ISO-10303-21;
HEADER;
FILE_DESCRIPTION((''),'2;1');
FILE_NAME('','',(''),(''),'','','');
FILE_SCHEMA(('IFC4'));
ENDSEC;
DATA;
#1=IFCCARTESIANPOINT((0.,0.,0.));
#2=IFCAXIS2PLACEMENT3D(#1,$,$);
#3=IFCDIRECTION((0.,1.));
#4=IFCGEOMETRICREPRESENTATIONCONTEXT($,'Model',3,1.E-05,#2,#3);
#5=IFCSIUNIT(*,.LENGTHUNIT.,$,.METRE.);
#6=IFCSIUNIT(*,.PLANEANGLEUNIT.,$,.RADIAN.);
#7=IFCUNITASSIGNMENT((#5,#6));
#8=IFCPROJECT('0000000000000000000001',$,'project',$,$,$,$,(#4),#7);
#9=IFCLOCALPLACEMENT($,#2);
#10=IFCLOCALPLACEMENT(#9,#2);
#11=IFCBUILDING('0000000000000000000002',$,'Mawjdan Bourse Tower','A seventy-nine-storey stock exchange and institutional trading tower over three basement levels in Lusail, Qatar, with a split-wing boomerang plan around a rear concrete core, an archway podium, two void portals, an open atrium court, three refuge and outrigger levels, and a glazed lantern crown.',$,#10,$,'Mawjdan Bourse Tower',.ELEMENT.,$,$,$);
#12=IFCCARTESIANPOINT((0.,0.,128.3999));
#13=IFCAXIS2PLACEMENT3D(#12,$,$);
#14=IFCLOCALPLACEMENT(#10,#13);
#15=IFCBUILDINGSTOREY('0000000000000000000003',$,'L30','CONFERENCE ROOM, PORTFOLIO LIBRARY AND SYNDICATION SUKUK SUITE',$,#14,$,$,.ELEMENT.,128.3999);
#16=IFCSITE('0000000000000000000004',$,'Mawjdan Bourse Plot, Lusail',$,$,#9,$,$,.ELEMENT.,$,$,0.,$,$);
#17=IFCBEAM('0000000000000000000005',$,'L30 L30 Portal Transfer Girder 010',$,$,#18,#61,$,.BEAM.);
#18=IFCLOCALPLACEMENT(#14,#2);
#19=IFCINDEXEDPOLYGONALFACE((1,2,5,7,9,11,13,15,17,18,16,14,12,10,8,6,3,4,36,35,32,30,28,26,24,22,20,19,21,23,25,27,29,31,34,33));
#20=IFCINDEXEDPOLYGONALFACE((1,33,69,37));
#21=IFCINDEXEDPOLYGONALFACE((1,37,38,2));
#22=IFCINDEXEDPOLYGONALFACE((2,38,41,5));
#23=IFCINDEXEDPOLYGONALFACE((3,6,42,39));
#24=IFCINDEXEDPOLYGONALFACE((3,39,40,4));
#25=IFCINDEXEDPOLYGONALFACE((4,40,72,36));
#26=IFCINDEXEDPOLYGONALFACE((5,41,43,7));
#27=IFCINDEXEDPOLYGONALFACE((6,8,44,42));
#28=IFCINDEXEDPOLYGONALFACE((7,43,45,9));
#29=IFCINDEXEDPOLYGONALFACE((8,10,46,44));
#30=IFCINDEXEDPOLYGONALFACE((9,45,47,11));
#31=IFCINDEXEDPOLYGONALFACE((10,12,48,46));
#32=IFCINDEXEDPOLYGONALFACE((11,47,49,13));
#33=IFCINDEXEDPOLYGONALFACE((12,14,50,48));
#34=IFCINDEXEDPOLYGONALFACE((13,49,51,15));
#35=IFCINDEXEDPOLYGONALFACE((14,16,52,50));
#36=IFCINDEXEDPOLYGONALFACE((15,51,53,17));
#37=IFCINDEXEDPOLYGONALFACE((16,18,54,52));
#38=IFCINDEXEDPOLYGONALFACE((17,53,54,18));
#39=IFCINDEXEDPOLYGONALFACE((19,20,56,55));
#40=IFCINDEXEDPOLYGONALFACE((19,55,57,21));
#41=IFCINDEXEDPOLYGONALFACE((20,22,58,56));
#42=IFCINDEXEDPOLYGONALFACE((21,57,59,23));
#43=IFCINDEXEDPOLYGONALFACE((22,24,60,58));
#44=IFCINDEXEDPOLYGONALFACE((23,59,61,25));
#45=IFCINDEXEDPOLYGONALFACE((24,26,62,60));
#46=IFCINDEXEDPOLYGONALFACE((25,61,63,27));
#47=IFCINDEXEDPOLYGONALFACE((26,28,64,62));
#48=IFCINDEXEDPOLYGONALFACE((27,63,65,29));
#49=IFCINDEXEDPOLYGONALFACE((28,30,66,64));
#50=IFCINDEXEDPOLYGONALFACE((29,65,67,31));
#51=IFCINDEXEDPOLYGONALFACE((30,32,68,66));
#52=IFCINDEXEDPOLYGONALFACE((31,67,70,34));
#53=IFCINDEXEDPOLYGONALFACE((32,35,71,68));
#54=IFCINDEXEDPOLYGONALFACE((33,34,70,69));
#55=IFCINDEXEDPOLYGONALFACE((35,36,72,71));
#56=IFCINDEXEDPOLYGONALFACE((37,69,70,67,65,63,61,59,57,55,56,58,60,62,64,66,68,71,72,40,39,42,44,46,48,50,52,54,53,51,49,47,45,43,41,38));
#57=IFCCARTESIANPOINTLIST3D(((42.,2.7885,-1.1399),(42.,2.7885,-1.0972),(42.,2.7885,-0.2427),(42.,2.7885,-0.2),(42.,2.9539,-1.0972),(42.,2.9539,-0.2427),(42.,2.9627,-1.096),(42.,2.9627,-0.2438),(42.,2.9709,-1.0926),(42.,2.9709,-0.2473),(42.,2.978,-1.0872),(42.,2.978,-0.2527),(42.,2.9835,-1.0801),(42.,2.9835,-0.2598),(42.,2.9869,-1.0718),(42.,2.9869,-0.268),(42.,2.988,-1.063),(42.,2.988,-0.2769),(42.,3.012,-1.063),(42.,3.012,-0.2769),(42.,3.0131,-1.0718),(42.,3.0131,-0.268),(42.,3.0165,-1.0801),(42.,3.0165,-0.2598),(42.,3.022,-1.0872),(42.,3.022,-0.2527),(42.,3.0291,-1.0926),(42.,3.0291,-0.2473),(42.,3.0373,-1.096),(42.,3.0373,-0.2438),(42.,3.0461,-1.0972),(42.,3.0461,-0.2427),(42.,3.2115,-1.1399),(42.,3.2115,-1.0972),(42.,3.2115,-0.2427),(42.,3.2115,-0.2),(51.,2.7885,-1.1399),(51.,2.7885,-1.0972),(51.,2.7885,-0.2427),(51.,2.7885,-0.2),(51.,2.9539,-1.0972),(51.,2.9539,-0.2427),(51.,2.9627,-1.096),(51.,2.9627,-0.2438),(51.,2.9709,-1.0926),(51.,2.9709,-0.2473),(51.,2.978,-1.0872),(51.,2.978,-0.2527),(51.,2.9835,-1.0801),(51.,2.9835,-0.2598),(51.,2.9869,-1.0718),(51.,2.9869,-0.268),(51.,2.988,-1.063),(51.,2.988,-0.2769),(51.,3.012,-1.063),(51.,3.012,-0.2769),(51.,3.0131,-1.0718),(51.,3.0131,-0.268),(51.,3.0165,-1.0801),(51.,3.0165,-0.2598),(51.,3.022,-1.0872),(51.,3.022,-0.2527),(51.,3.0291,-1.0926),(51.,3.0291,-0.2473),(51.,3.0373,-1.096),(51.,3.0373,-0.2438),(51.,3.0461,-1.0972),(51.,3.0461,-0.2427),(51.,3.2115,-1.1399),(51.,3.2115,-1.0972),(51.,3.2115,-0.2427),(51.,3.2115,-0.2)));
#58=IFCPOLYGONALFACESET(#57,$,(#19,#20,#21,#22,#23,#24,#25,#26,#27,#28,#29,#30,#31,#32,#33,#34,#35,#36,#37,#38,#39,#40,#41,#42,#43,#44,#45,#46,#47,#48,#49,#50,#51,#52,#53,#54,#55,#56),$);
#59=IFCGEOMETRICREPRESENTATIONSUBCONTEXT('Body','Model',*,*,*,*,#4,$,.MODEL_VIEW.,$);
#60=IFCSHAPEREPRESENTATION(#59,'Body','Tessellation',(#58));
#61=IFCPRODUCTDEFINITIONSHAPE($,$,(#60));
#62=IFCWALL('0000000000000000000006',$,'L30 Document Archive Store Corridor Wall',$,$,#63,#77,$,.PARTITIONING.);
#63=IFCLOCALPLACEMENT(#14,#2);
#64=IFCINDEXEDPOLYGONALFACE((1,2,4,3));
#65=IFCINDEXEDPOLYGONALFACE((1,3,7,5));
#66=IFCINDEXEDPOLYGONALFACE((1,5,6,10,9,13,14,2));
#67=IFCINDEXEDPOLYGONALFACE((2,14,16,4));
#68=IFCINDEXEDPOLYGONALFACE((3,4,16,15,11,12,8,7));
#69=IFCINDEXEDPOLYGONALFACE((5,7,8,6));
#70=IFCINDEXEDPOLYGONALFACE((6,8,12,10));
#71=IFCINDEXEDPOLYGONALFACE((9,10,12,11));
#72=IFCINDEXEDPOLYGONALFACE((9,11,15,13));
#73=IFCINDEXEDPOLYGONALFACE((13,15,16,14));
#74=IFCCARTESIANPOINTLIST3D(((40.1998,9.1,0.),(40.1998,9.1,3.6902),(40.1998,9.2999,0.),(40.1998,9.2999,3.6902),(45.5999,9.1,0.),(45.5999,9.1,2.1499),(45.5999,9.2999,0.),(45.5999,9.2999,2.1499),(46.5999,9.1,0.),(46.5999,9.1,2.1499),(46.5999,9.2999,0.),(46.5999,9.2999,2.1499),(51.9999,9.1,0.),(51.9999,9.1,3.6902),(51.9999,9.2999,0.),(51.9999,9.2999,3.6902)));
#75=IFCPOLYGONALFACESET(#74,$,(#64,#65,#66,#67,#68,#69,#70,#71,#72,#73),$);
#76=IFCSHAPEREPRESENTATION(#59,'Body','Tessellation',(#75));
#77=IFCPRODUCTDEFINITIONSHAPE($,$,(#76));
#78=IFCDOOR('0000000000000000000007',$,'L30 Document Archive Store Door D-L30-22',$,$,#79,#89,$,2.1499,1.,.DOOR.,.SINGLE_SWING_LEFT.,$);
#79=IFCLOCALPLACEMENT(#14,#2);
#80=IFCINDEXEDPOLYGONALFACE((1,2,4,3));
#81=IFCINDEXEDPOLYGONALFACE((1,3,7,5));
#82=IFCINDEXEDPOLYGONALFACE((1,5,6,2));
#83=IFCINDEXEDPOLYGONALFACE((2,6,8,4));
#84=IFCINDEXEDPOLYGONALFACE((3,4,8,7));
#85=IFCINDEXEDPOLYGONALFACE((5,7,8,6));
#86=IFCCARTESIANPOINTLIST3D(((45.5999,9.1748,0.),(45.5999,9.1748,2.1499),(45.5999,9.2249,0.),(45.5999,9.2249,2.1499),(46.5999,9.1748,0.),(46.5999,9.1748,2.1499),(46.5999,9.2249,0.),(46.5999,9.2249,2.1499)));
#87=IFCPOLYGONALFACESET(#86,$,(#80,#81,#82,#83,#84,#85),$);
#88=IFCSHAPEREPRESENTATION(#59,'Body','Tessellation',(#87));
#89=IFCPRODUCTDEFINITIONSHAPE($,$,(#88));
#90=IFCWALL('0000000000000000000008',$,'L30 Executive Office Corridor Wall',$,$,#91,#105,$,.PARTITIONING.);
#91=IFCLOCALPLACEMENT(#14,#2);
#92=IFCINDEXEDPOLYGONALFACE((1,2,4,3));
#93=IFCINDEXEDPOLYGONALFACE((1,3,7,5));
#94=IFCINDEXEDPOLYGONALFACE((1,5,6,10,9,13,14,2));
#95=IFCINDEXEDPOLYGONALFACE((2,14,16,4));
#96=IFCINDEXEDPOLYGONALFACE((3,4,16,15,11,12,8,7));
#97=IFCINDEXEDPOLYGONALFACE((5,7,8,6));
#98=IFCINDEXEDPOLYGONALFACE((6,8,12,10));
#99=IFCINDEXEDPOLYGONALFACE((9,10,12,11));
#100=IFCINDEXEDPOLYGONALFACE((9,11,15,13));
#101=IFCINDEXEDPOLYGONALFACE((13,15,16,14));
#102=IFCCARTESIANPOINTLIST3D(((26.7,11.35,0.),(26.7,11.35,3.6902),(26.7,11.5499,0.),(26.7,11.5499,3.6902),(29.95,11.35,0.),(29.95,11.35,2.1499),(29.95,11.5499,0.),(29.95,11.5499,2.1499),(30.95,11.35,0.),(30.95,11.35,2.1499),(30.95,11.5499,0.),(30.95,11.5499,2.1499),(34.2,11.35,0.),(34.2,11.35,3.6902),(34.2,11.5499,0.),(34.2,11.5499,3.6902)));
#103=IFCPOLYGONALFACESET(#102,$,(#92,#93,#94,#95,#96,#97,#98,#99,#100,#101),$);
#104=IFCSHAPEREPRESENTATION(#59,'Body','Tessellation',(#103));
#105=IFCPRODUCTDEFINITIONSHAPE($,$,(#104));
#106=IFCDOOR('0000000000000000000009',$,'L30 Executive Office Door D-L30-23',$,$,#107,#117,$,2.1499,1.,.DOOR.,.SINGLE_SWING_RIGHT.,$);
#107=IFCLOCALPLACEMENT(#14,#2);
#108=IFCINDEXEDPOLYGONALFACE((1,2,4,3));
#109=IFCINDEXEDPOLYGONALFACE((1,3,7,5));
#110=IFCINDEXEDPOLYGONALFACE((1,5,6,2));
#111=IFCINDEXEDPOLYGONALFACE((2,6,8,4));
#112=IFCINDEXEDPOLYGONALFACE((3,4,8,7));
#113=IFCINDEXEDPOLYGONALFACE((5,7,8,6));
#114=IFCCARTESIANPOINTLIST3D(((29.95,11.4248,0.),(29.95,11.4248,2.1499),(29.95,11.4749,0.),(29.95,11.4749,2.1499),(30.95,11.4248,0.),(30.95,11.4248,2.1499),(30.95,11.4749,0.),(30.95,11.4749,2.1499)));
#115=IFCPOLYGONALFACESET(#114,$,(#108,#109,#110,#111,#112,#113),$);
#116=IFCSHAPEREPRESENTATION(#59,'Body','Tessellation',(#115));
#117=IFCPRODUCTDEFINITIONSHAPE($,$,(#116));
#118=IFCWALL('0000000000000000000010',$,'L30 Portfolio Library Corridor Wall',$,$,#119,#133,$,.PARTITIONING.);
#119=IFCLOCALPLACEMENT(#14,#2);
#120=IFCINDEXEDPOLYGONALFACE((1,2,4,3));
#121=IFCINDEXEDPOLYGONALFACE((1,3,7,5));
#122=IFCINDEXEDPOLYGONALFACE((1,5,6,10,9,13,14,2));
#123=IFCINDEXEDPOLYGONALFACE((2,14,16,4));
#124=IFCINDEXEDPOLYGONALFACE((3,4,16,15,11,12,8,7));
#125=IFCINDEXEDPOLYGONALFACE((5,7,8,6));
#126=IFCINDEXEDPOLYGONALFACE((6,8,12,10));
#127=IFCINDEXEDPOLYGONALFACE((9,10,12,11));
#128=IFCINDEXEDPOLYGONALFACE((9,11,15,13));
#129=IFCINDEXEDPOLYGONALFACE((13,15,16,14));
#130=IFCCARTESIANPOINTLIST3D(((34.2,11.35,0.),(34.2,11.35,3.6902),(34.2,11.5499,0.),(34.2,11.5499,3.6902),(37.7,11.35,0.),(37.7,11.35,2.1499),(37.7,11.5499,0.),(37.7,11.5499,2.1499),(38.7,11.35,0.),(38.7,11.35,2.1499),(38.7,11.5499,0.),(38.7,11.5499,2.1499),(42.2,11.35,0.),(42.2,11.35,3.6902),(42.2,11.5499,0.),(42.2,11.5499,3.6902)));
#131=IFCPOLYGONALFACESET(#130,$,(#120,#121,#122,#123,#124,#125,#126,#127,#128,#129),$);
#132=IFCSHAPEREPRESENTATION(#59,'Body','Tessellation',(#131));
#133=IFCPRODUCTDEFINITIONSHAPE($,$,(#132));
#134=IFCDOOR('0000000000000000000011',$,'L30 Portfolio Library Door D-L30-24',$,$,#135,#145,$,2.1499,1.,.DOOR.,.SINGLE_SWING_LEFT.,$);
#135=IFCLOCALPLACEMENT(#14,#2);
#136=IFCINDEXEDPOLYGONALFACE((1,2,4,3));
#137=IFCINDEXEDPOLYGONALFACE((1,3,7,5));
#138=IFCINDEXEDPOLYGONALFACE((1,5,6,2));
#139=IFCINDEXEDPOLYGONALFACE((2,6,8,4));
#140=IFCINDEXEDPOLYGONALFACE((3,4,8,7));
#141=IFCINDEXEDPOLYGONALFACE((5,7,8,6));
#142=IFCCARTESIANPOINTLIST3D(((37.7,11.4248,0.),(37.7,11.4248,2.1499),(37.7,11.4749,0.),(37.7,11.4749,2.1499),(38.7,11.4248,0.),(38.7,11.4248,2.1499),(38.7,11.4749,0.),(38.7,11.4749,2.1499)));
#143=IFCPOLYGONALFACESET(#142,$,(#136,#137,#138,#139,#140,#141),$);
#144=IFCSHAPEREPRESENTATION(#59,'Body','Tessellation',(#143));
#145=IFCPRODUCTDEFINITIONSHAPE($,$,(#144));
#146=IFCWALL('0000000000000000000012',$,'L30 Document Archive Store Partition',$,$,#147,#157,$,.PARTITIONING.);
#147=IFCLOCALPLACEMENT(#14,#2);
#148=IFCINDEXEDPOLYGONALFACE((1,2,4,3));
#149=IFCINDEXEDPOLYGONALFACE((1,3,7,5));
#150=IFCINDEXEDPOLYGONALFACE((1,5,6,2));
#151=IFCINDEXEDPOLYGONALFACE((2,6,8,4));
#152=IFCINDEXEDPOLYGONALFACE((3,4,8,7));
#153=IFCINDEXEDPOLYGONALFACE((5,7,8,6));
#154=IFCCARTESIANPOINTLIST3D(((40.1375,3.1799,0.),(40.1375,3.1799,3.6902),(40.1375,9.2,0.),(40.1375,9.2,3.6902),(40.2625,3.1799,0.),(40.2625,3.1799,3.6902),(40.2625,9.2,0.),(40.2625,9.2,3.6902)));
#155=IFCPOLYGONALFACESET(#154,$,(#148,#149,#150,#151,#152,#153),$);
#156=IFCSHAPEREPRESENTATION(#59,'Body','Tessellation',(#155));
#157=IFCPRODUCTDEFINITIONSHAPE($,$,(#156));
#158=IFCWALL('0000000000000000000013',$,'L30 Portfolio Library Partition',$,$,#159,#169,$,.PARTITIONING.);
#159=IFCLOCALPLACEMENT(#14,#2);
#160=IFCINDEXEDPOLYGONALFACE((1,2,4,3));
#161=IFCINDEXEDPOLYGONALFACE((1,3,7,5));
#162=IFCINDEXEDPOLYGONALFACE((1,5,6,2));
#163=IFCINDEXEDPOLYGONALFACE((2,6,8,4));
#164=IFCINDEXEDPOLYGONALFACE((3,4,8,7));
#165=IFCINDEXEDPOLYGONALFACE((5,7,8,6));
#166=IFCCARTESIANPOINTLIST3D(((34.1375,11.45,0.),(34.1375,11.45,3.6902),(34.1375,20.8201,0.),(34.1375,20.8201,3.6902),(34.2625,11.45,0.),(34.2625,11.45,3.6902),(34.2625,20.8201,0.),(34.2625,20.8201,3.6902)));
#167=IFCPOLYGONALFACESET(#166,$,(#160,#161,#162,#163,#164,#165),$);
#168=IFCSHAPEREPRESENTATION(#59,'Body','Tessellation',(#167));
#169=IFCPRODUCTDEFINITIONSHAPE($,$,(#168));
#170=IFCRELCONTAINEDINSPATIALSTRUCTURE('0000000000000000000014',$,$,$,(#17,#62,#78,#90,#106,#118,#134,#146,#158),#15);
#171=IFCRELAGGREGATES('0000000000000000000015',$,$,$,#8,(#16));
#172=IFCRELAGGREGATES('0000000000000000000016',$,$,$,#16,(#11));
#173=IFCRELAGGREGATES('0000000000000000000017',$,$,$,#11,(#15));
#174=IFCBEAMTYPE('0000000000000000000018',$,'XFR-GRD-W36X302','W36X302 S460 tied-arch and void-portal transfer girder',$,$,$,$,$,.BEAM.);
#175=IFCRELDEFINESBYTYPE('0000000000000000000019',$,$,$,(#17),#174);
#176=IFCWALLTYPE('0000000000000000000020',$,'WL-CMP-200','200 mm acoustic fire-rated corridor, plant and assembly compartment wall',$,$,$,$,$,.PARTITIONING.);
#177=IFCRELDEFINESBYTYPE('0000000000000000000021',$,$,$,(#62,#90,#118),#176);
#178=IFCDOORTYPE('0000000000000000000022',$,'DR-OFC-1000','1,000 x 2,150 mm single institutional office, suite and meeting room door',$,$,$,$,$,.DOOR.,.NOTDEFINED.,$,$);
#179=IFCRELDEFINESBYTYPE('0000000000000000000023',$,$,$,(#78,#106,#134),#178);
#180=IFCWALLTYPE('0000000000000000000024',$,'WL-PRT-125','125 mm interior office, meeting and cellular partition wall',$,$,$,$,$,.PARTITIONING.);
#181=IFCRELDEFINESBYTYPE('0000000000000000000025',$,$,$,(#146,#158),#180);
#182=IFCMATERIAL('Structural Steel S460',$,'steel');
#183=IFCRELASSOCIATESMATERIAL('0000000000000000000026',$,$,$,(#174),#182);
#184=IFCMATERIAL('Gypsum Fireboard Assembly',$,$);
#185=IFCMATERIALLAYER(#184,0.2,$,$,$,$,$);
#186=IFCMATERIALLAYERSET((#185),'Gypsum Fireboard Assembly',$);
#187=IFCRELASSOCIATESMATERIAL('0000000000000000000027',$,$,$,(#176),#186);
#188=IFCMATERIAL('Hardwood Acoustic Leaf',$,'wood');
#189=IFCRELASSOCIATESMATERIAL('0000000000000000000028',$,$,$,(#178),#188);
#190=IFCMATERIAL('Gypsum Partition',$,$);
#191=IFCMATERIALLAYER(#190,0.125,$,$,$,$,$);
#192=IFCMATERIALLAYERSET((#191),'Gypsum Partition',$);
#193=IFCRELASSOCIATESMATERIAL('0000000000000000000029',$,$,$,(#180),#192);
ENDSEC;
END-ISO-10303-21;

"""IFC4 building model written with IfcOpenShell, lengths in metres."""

from ifc_helpers import new_model, si_unit, direction, frame, frame_2d, origin, origin_2d, place, context, subcontext, project, spatial, rectangle, i_section, extrude, material, layer, layer_set, material_profile, profile_set, type_object, element, fill, save


model = new_model("IFC4")

# Units and contexts
model_context = context("Model", 3, precision=1e-05, world=origin(), true_north=direction((0.0, 1.0)))
body_context = subcontext(model_context, "Body", "Model", "MODEL_VIEW")
ifc_project = project(units=[si_unit("LENGTHUNIT", "METRE"), si_unit("PLANEANGLEUNIT", "RADIAN")], contexts=[model_context])

# Site, building, storey
site_placement = place(None, origin())
site = spatial("IfcSite", under=ifc_project, at=site_placement, Name="Mawjdan Bourse Plot, Lusail", CompositionType="ELEMENT", RefElevation=0.0)
building_placement = place(site_placement, origin())
building = spatial("IfcBuilding", under=site, at=building_placement, Name="Mawjdan Bourse Tower", Description="A seventy-nine-storey stock exchange and institutional trading tower over three basement levels in Lusail, Qatar, with a split-wing boomerang plan around a rear concrete core, an archway podium, two void portals, an open atrium court, three refuge and outrigger levels, and a glazed lantern crown.", LongName="Mawjdan Bourse Tower", CompositionType="ELEMENT")
storey_placement = place(building_placement, frame((0.0, 0.0, 128.3999)))
storey = spatial("IfcBuildingStorey", under=building, at=storey_placement, Name="L30", Description="CONFERENCE ROOM, PORTFOLIO LIBRARY AND SYNDICATION SUKUK SUITE", CompositionType="ELEMENT", Elevation=128.3999)

# Shared definitions
ifc_material_1 = material(Name="Structural Steel S460", Category="steel")

# Beam
ifc_material_profile_1 = material_profile(ifc_material_1, i_section(OverallWidth=0.4231, OverallDepth=0.9399, WebThickness=0.0239, FlangeThickness=0.0427, FilletRadius=0.0342, at=origin_2d()), Name="W36X302")
ifc_profile_set_1 = profile_set([ifc_material_profile_1], Name="Structural Steel S460")
beam_type_1 = type_object("IfcBeamType", Name="XFR-GRD-W36X302", Description="W36X302 S460 tied-arch and void-portal transfer girder", PredefinedType="BEAM", material=ifc_profile_set_1)
beam_1_placement = place(storey_placement, frame((42.0, 3.0, -0.6699), z_axis=(1.0, 0.0, 0.0), x_axis=(0.0, 1.0, 0.0)))
element("IfcBeam", 1, at=beam_1_placement, inside=storey, type_object=beam_type_1, Name="L30 L30 Portal Transfer Girder 010", PredefinedType="BEAM", context=body_context, shape_type="SweptSolid", body=[
    extrude(i_section(OverallWidth=0.4231, OverallDepth=0.9399, WebThickness=0.0239, FlangeThickness=0.0427, FilletRadius=0.0342, at=origin_2d()), origin(), (0.0, 0.0, 1.0), 9.0),
])

# Walls, openings, doors
ifc_material_2 = material(Name="Gypsum Fireboard Assembly")
ifc_layer_1 = layer(ifc_material_2, 0.2)
ifc_layer_set_1 = layer_set([ifc_layer_1], Name="Gypsum Fireboard Assembly")
wall_type_1 = type_object("IfcWallType", Name="WL-CMP-200", Description="200 mm acoustic fire-rated corridor, plant and assembly compartment wall", PredefinedType="PARTITIONING", material=ifc_layer_set_1)
wall_1_placement = place(storey_placement, frame((40.2, 9.2, 0.0), z_axis=(0.0, 0.0, 1.0), x_axis=(1.0, 0.0, 0.0)))
wall_1 = element("IfcWall", 2, at=wall_1_placement, inside=storey, type_object=wall_type_1, Name="L30 Document Archive Store Corridor Wall", PredefinedType="PARTITIONING", context=body_context, shape_type="SweptSolid", body=[
    extrude(rectangle(XDim=11.8, YDim=0.2, at=frame_2d((5.8999, 0.0))), origin(), (0.0, 0.0, 1.0), 3.6902),
])
opening_1_placement = place(wall_1_placement, frame((5.3999, 0.0, 0.0)))
opening_1 = element("IfcOpeningElement", 3, at=opening_1_placement, cuts=wall_1, PredefinedType="OPENING", context=body_context, shape_type="SweptSolid", body=[
    extrude(rectangle(XDim=1.0, YDim=2.1499, at=frame_2d((0.5, 1.075))), frame((0.0, 0.1099, 0.0), z_axis=(0.0, -1.0, 0.0), x_axis=(1.0, 0.0, 0.0)), (0.0, 0.0, 1.0), 0.22),
])
ifc_material_3 = material(Name="Hardwood Acoustic Leaf", Category="wood")
door_type = type_object("IfcDoorType", Name="DR-OFC-1000", Description="1,000 x 2,150 mm single institutional office, suite and meeting room door", OperationType="NOTDEFINED", PredefinedType="DOOR", material=ifc_material_3)
door_1_placement = place(opening_1_placement, origin())
door_1 = element("IfcDoor", 4, at=door_1_placement, inside=storey, type_object=door_type, Name="L30 Document Archive Store Door D-L30-22", OperationType="SINGLE_SWING_LEFT", OverallHeight=2.1499, OverallWidth=1.0, PredefinedType="DOOR", context=body_context, shape_type="SweptSolid", body=[
    extrude(rectangle(XDim=1.0, YDim=2.1499, at=frame_2d((0.5, 1.075))), frame((0.0, 0.0249, 0.0), z_axis=(0.0, -1.0, 0.0), x_axis=(1.0, 0.0, 0.0)), (0.0, 0.0, 1.0), 0.05),
])
fill(opening_1, door_1)
wall_2_placement = place(storey_placement, frame((26.7, 11.45, 0.0), z_axis=(0.0, 0.0, 1.0), x_axis=(1.0, 0.0, 0.0)))
wall_2 = element("IfcWall", 5, at=wall_2_placement, inside=storey, type_object=wall_type_1, Name="L30 Executive Office Corridor Wall", PredefinedType="PARTITIONING", context=body_context, shape_type="SweptSolid", body=[
    extrude(rectangle(XDim=7.5, YDim=0.2, at=frame_2d((3.75, 0.0))), origin(), (0.0, 0.0, 1.0), 3.6902),
])
opening_2_placement = place(wall_2_placement, frame((3.25, 0.0, 0.0)))
opening_2 = element("IfcOpeningElement", 6, at=opening_2_placement, cuts=wall_2, PredefinedType="OPENING", context=body_context, shape_type="SweptSolid", body=[
    extrude(rectangle(XDim=1.0, YDim=2.1499, at=frame_2d((0.5, 1.075))), frame((0.0, 0.1099, 0.0), z_axis=(0.0, -1.0, 0.0), x_axis=(1.0, 0.0, 0.0)), (0.0, 0.0, 1.0), 0.22),
])
door_2_placement = place(opening_2_placement, origin())
door_2 = element("IfcDoor", 7, at=door_2_placement, inside=storey, type_object=door_type, Name="L30 Executive Office Door D-L30-23", OperationType="SINGLE_SWING_RIGHT", OverallHeight=2.1499, OverallWidth=1.0, PredefinedType="DOOR", context=body_context, shape_type="SweptSolid", body=[
    extrude(rectangle(XDim=1.0, YDim=2.1499, at=frame_2d((0.5, 1.075))), frame((0.0, 0.0249, 0.0), z_axis=(0.0, -1.0, 0.0), x_axis=(1.0, 0.0, 0.0)), (0.0, 0.0, 1.0), 0.05),
])
fill(opening_2, door_2)
wall_3_placement = place(storey_placement, frame((34.2, 11.45, 0.0), z_axis=(0.0, 0.0, 1.0), x_axis=(1.0, 0.0, 0.0)))
wall_3 = element("IfcWall", 8, at=wall_3_placement, inside=storey, type_object=wall_type_1, Name="L30 Portfolio Library Corridor Wall", PredefinedType="PARTITIONING", context=body_context, shape_type="SweptSolid", body=[
    extrude(rectangle(XDim=8.0, YDim=0.2, at=frame_2d((4.0, 0.0))), origin(), (0.0, 0.0, 1.0), 3.6902),
])
opening_3_placement = place(wall_3_placement, frame((3.5, 0.0, 0.0)))
opening_3 = element("IfcOpeningElement", 9, at=opening_3_placement, cuts=wall_3, PredefinedType="OPENING", context=body_context, shape_type="SweptSolid", body=[
    extrude(rectangle(XDim=1.0, YDim=2.1499, at=frame_2d((0.5, 1.075))), frame((0.0, 0.1099, 0.0), z_axis=(0.0, -1.0, 0.0), x_axis=(1.0, 0.0, 0.0)), (0.0, 0.0, 1.0), 0.22),
])
door_3_placement = place(opening_3_placement, origin())
door_3 = element("IfcDoor", 10, at=door_3_placement, inside=storey, type_object=door_type, Name="L30 Portfolio Library Door D-L30-24", OperationType="SINGLE_SWING_LEFT", OverallHeight=2.1499, OverallWidth=1.0, PredefinedType="DOOR", context=body_context, shape_type="SweptSolid", body=[
    extrude(rectangle(XDim=1.0, YDim=2.1499, at=frame_2d((0.5, 1.075))), frame((0.0, 0.0249, 0.0), z_axis=(0.0, -1.0, 0.0), x_axis=(1.0, 0.0, 0.0)), (0.0, 0.0, 1.0), 0.05),
])
fill(opening_3, door_3)

# Walls
ifc_material_4 = material(Name="Gypsum Partition")
ifc_layer_2 = layer(ifc_material_4, 0.125)
ifc_layer_set_2 = layer_set([ifc_layer_2], Name="Gypsum Partition")
wall_type_2 = type_object("IfcWallType", Name="WL-PRT-125", Description="125 mm interior office, meeting and cellular partition wall", PredefinedType="PARTITIONING", material=ifc_layer_set_2)
wall_4_placement = place(storey_placement, frame((40.2, 3.1799, 0.0), z_axis=(0.0, 0.0, 1.0), x_axis=(0.0, 1.0, 0.0)))
element("IfcWall", 11, at=wall_4_placement, inside=storey, type_object=wall_type_2, Name="L30 Document Archive Store Partition", PredefinedType="PARTITIONING", context=body_context, shape_type="SweptSolid", body=[
    extrude(rectangle(XDim=6.02, YDim=0.125, at=frame_2d((3.01, 0.0))), origin(), (0.0, 0.0, 1.0), 3.6902),
])
wall_5_placement = place(storey_placement, frame((34.2, 11.45, 0.0), z_axis=(0.0, 0.0, 1.0), x_axis=(0.0, 1.0, 0.0)))
element("IfcWall", 12, at=wall_5_placement, inside=storey, type_object=wall_type_2, Name="L30 Portfolio Library Partition", PredefinedType="PARTITIONING", context=body_context, shape_type="SweptSolid", body=[
    extrude(rectangle(XDim=9.3701, YDim=0.125, at=frame_2d((4.6851, 0.0))), origin(), (0.0, 0.0, 1.0), 3.6902),
])

save(model, "model.ifc")
